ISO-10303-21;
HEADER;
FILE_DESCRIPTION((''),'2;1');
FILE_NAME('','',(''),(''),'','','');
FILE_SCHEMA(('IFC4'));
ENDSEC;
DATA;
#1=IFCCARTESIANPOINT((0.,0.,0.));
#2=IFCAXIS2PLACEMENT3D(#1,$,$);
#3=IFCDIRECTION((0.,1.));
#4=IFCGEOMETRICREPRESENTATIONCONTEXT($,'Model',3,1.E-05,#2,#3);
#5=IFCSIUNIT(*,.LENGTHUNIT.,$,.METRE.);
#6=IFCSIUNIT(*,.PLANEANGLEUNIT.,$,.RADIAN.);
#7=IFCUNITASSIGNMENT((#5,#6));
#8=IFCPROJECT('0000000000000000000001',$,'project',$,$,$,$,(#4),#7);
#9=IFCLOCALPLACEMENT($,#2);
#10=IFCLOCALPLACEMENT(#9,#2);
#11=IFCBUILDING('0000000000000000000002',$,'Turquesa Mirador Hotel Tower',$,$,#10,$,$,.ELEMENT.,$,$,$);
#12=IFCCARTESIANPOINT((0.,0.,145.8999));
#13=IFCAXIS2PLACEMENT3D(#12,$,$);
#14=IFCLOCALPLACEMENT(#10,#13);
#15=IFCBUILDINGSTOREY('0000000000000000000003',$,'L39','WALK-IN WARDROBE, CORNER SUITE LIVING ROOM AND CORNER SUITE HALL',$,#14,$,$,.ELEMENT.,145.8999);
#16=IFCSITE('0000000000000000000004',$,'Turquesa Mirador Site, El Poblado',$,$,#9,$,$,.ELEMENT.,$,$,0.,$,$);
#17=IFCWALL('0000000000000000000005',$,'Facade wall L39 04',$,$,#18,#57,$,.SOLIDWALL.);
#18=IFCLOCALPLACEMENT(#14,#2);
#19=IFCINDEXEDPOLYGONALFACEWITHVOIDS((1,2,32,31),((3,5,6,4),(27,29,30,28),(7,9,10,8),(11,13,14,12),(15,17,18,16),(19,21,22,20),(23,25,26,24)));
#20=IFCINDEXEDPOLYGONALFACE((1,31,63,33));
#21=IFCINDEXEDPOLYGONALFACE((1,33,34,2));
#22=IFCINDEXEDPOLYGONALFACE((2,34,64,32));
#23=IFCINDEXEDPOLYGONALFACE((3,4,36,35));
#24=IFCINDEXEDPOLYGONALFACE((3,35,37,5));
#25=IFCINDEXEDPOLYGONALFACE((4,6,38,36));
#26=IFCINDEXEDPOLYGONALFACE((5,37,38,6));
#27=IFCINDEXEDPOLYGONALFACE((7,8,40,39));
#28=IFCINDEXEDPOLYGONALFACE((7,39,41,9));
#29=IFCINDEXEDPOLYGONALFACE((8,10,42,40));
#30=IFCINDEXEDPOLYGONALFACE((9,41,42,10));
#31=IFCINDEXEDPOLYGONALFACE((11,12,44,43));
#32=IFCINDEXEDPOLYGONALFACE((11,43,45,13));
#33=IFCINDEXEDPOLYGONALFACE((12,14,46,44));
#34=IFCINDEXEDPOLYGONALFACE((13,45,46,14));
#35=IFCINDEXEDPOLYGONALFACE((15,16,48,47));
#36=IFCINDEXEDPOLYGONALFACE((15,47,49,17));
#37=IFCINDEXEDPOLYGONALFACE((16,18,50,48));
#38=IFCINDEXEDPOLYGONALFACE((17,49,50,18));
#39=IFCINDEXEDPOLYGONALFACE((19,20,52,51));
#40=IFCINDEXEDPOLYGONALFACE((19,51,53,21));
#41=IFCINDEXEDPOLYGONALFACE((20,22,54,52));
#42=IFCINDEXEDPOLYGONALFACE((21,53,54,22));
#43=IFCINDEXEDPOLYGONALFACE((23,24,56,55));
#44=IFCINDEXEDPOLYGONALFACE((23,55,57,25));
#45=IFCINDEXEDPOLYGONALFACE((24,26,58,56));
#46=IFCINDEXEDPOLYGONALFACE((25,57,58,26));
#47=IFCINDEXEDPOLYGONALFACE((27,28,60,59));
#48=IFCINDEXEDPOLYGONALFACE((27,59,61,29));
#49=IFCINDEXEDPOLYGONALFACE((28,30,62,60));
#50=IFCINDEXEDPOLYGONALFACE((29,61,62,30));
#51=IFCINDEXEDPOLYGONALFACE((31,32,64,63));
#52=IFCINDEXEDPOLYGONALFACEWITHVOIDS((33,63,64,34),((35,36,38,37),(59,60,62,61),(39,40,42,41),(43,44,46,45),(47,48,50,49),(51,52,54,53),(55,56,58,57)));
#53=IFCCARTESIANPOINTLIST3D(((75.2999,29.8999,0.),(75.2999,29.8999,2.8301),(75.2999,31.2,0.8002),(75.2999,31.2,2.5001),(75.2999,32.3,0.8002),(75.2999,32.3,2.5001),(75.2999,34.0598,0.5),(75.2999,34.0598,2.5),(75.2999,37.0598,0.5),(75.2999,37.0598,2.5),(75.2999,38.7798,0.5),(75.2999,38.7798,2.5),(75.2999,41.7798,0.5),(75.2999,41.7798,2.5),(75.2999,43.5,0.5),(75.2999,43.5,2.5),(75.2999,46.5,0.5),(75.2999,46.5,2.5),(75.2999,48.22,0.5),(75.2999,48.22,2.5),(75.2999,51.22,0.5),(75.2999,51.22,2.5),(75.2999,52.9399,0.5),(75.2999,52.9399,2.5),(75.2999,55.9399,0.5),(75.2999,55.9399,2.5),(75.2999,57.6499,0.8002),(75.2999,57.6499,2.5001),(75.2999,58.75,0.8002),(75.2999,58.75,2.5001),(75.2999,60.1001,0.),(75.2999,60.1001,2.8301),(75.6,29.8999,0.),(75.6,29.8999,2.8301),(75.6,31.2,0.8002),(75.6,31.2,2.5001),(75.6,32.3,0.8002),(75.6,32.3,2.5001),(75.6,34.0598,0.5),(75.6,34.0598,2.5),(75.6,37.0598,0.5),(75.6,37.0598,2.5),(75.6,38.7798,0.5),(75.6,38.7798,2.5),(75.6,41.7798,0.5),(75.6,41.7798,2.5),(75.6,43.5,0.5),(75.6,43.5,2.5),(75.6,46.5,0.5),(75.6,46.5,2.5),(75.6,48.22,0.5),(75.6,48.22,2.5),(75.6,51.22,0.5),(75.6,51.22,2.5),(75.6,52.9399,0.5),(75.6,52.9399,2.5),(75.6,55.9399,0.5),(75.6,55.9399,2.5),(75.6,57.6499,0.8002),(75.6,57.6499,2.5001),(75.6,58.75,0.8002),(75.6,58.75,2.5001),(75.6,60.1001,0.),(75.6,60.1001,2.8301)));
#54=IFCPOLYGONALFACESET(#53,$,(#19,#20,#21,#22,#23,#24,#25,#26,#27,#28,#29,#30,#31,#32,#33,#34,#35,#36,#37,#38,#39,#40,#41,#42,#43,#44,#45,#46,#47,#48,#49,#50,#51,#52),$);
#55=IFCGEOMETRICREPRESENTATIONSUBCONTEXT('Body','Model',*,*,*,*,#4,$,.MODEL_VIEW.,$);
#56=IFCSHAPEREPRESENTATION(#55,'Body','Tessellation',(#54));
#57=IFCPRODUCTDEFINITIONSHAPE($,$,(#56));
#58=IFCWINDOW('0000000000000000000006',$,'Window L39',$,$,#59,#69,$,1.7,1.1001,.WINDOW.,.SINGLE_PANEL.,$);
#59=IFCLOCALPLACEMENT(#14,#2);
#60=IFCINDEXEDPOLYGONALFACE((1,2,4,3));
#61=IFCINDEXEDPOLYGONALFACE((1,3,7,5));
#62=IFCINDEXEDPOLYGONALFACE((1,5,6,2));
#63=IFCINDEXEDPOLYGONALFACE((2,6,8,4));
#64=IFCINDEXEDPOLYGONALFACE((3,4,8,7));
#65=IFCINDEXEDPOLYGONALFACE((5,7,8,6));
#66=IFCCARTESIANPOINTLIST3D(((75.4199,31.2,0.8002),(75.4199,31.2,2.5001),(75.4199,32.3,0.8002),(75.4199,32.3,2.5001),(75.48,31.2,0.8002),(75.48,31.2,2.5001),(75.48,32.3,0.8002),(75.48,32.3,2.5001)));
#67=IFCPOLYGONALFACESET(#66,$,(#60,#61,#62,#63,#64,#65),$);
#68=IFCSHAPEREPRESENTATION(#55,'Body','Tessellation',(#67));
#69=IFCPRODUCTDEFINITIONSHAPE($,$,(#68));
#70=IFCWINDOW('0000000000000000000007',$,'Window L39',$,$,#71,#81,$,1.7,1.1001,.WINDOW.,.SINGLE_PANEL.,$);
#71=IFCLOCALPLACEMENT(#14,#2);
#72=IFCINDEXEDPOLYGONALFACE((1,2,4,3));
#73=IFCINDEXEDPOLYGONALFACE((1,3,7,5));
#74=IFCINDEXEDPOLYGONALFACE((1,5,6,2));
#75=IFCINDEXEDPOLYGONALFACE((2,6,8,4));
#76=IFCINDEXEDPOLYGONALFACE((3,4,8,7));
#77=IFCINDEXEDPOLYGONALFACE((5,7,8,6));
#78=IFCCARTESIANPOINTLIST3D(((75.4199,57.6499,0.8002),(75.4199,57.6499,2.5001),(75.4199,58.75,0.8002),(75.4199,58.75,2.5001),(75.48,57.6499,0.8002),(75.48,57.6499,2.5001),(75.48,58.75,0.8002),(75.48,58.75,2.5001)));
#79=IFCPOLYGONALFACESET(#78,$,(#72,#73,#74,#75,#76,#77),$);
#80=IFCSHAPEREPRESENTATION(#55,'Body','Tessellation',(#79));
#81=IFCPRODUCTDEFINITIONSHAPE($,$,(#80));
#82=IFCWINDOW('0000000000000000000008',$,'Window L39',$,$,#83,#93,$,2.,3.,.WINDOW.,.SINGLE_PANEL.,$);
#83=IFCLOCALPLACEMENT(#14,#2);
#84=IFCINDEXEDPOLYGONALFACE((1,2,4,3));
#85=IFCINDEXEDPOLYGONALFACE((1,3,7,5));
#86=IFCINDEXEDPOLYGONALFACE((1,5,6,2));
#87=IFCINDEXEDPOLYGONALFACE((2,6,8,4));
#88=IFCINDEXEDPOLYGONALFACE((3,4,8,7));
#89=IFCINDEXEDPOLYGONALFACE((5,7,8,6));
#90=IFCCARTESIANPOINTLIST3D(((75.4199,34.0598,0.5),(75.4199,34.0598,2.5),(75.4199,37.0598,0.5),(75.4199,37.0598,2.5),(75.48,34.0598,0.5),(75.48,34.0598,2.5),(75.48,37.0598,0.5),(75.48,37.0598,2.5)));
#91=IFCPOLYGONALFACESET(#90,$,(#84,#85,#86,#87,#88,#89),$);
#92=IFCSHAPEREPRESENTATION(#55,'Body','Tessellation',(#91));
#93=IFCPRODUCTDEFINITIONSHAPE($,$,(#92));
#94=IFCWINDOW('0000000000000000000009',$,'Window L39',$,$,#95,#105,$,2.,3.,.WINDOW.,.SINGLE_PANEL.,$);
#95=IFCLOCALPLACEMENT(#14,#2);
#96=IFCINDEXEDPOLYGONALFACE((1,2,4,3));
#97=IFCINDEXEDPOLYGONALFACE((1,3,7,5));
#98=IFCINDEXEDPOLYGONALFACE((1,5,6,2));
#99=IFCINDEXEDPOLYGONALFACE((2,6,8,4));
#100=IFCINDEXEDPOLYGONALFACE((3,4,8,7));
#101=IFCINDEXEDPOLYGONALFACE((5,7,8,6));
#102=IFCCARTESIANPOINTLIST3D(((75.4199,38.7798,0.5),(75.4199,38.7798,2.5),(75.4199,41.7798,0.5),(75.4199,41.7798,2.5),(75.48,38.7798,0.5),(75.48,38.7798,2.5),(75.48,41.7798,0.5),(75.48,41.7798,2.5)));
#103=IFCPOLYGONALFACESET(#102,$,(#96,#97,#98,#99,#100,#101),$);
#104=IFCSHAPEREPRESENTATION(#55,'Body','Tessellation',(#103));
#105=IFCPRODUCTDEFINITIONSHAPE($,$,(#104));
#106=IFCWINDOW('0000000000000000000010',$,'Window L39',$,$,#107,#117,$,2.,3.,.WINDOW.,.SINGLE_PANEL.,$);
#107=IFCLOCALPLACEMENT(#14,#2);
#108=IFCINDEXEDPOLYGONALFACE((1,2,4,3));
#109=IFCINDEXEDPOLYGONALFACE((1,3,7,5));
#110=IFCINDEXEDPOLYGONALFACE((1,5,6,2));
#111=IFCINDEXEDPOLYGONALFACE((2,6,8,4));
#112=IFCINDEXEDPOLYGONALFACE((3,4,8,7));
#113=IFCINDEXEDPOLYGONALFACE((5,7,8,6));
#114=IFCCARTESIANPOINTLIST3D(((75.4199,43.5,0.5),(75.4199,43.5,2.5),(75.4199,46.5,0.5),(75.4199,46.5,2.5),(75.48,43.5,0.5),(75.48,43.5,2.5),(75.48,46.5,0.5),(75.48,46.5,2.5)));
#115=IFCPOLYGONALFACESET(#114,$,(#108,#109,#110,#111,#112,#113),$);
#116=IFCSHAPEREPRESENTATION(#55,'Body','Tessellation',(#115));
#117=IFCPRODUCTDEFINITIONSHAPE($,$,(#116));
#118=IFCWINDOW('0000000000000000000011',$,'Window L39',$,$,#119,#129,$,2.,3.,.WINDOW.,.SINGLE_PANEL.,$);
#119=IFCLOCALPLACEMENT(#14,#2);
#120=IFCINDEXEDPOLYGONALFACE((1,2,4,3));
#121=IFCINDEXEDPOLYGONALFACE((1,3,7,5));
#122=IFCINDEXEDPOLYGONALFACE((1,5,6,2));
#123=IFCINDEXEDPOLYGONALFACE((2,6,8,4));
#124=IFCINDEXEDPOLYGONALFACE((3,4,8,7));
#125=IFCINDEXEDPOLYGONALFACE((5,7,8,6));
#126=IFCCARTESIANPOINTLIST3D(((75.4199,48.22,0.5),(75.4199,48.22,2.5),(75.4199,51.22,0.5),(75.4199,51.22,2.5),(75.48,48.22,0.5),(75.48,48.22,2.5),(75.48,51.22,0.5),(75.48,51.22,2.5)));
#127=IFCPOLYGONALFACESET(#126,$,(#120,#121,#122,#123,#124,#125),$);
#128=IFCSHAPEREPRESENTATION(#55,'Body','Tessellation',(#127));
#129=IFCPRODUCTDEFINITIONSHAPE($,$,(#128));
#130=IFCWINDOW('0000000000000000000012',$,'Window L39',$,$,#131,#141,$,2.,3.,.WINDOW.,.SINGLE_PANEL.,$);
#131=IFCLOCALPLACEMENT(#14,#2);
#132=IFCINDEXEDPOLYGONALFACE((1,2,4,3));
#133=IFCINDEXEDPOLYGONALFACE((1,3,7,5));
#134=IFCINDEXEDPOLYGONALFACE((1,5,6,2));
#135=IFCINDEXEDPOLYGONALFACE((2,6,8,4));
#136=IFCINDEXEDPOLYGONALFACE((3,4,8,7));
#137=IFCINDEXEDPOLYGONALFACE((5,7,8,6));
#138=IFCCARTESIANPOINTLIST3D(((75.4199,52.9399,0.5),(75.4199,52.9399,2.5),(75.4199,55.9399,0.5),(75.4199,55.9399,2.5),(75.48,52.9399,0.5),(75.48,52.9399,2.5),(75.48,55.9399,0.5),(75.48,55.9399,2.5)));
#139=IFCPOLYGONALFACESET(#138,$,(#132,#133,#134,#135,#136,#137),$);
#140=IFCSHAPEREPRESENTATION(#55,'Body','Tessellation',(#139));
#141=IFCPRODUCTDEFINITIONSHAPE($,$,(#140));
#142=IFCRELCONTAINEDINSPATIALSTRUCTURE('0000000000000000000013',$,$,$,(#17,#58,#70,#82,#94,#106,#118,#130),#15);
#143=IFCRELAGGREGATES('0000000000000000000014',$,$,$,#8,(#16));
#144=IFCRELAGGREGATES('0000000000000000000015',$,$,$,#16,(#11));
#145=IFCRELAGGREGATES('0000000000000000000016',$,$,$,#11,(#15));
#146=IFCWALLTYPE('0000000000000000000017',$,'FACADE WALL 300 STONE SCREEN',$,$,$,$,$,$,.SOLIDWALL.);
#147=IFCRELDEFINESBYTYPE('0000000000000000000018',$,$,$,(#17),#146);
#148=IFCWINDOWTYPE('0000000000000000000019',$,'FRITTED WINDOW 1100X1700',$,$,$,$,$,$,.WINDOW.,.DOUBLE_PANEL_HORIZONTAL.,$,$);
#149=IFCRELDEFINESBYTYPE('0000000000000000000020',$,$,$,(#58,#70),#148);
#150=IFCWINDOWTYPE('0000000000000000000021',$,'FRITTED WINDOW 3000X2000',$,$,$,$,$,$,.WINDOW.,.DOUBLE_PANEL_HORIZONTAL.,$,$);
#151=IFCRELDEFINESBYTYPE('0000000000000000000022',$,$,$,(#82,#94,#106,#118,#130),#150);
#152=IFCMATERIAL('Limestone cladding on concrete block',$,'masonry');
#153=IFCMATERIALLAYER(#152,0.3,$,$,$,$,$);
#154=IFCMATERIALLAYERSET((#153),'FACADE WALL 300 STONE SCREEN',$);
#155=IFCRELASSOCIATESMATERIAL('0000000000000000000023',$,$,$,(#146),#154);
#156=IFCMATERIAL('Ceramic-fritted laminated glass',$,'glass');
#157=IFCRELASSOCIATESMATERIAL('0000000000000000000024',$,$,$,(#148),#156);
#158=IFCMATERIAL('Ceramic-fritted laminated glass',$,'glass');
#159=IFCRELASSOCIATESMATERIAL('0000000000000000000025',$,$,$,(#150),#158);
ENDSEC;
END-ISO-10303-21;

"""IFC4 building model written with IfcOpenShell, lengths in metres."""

from ifc_helpers import new_model, si_unit, direction, frame, frame_2d, origin, place, context, subcontext, project, spatial, rectangle, extrude, material, layer, layer_set, type_object, element, fill, save


model = new_model("IFC4")

# Units and contexts
model_context = context("Model", 3, precision=1e-05, world=origin(), true_north=direction((0.0, 1.0)))
body_context = subcontext(model_context, "Body", "Model", "MODEL_VIEW")
ifc_project = project(units=[si_unit("LENGTHUNIT", "METRE"), si_unit("PLANEANGLEUNIT", "RADIAN")], contexts=[model_context])

# Site, building, storey
site_placement = place(None, origin())
site = spatial("IfcSite", under=ifc_project, at=site_placement, Name="Turquesa Mirador Site, El Poblado", CompositionType="ELEMENT", RefElevation=0.0)
building_placement = place(site_placement, origin())
building = spatial("IfcBuilding", under=site, at=building_placement, Name="Turquesa Mirador Hotel Tower", CompositionType="ELEMENT")
storey_placement = place(building_placement, frame((0.0, 0.0, 145.8999)))
storey = spatial("IfcBuildingStorey", under=building, at=storey_placement, Name="L39", Description="WALK-IN WARDROBE, CORNER SUITE LIVING ROOM AND CORNER SUITE HALL", CompositionType="ELEMENT", Elevation=145.8999)

# Shared definitions
ifc_material_1 = material(Name="Limestone cladding on concrete block", Category="masonry")
ifc_layer = layer(ifc_material_1, 0.3)
ifc_layer_set = layer_set([ifc_layer], Name="FACADE WALL 300 STONE SCREEN")
wall_type = type_object("IfcWallType", Name="FACADE WALL 300 STONE SCREEN", PredefinedType="SOLIDWALL", material=ifc_layer_set)

# Wall, openings, windows
wall_1_placement = place(storey_placement, frame((75.45, 29.8999, 0.0), z_axis=(0.0, 0.0, 1.0), x_axis=(0.0, 1.0, 0.0)))
wall_1 = element("IfcWall", 1, at=wall_1_placement, inside=storey, type_object=wall_type, Name="Facade wall L39 04", PredefinedType="SOLIDWALL", context=body_context, shape_type="SweptSolid", body=[
    extrude(rectangle(XDim=30.2002, YDim=0.3, at=frame_2d((15.1001, 0.0))), origin(), (0.0, 0.0, 1.0), 2.8301),
])
opening_1_placement = place(wall_1_placement, frame((1.3, 0.0, 0.8)))
opening_1 = element("IfcOpeningElement", 2, at=opening_1_placement, cuts=wall_1, PredefinedType="OPENING", context=body_context, shape_type="SweptSolid", body=[
    extrude(rectangle(XDim=1.1001, YDim=1.7, at=frame_2d((0.55, 0.8501))), frame((0.0, 0.1599, 0.0), z_axis=(0.0, -1.0, 0.0), x_axis=(1.0, 0.0, 0.0)), (0.0, 0.0, 1.0), 0.3201),
])
opening_2_placement = place(wall_1_placement, frame((4.1599, 0.0, 0.5)))
opening_2 = element("IfcOpeningElement", 3, at=opening_2_placement, cuts=wall_1, PredefinedType="OPENING", context=body_context, shape_type="SweptSolid", body=[
    extrude(rectangle(XDim=3.0, YDim=2.0, at=frame_2d((1.5, 1.0))), frame((0.0, 0.1599, 0.0), z_axis=(0.0, -1.0, 0.0), x_axis=(1.0, 0.0, 0.0)), (0.0, 0.0, 1.0), 0.3201),
])
opening_3_placement = place(wall_1_placement, frame((8.8799, 0.0, 0.5)))
opening_3 = element("IfcOpeningElement", 4, at=opening_3_placement, cuts=wall_1, PredefinedType="OPENING", context=body_context, shape_type="SweptSolid", body=[
    extrude(rectangle(XDim=3.0, YDim=2.0, at=frame_2d((1.5, 1.0))), frame((0.0, 0.1599, 0.0), z_axis=(0.0, -1.0, 0.0), x_axis=(1.0, 0.0, 0.0)), (0.0, 0.0, 1.0), 0.3201),
])
opening_4_placement = place(wall_1_placement, frame((13.6001, 0.0, 0.5)))
opening_4 = element("IfcOpeningElement", 5, at=opening_4_placement, cuts=wall_1, PredefinedType="OPENING", context=body_context, shape_type="SweptSolid", body=[
    extrude(rectangle(XDim=3.0, YDim=2.0, at=frame_2d((1.5, 1.0))), frame((0.0, 0.1599, 0.0), z_axis=(0.0, -1.0, 0.0), x_axis=(1.0, 0.0, 0.0)), (0.0, 0.0, 1.0), 0.3201),
])
opening_5_placement = place(wall_1_placement, frame((18.3201, 0.0, 0.5)))
opening_5 = element("IfcOpeningElement", 6, at=opening_5_placement, cuts=wall_1, PredefinedType="OPENING", context=body_context, shape_type="SweptSolid", body=[
    extrude(rectangle(XDim=3.0, YDim=2.0, at=frame_2d((1.5, 1.0))), frame((0.0, 0.1599, 0.0), z_axis=(0.0, -1.0, 0.0), x_axis=(1.0, 0.0, 0.0)), (0.0, 0.0, 1.0), 0.3201),
])
opening_6_placement = place(wall_1_placement, frame((23.04, 0.0, 0.5)))
opening_6 = element("IfcOpeningElement", 7, at=opening_6_placement, cuts=wall_1, PredefinedType="OPENING", context=body_context, shape_type="SweptSolid", body=[
    extrude(rectangle(XDim=3.0, YDim=2.0, at=frame_2d((1.5, 1.0))), frame((0.0, 0.1599, 0.0), z_axis=(0.0, -1.0, 0.0), x_axis=(1.0, 0.0, 0.0)), (0.0, 0.0, 1.0), 0.3201),
])
opening_7_placement = place(wall_1_placement, frame((27.75, 0.0, 0.8)))
opening_7 = element("IfcOpeningElement", 8, at=opening_7_placement, cuts=wall_1, PredefinedType="OPENING", context=body_context, shape_type="SweptSolid", body=[
    extrude(rectangle(XDim=1.1001, YDim=1.7, at=frame_2d((0.55, 0.8501))), frame((0.0, 0.1599, 0.0), z_axis=(0.0, -1.0, 0.0), x_axis=(1.0, 0.0, 0.0)), (0.0, 0.0, 1.0), 0.3201),
])
ifc_material_2 = material(Name="Ceramic-fritted laminated glass", Category="glass")
window_type_1 = type_object("IfcWindowType", Name="FRITTED WINDOW 1100X1700", PartitioningType="DOUBLE_PANEL_HORIZONTAL", PredefinedType="WINDOW", material=ifc_material_2)
window_1_placement = place(opening_1_placement, origin())
window_1 = element("IfcWindow", 9, at=window_1_placement, inside=storey, type_object=window_type_1, Name="Window L39", OverallHeight=1.7, OverallWidth=1.1001, PartitioningType="SINGLE_PANEL", PredefinedType="WINDOW", context=body_context, shape_type="SweptSolid", body=[
    extrude(rectangle(XDim=1.1001, YDim=1.7, at=frame_2d((0.55, 0.8501))), frame((0.0, 0.03, 0.0), z_axis=(0.0, -1.0, 0.0), x_axis=(1.0, 0.0, 0.0)), (0.0, 0.0, 1.0), 0.0601),
])
fill(opening_1, window_1)
window_2_placement = place(opening_7_placement, origin())
window_2 = element("IfcWindow", 10, at=window_2_placement, inside=storey, type_object=window_type_1, Name="Window L39", OverallHeight=1.7, OverallWidth=1.1001, PartitioningType="SINGLE_PANEL", PredefinedType="WINDOW", context=body_context, shape_type="SweptSolid", body=[
    extrude(rectangle(XDim=1.1001, YDim=1.7, at=frame_2d((0.55, 0.8501))), frame((0.0, 0.03, 0.0), z_axis=(0.0, -1.0, 0.0), x_axis=(1.0, 0.0, 0.0)), (0.0, 0.0, 1.0), 0.0601),
])
fill(opening_7, window_2)
ifc_material_3 = material(Name="Ceramic-fritted laminated glass", Category="glass")
window_type_2 = type_object("IfcWindowType", Name="FRITTED WINDOW 3000X2000", PartitioningType="DOUBLE_PANEL_HORIZONTAL", PredefinedType="WINDOW", material=ifc_material_3)
window_3_placement = place(opening_2_placement, origin())
window_3 = element("IfcWindow", 11, at=window_3_placement, inside=storey, type_object=window_type_2, Name="Window L39", OverallHeight=2.0, OverallWidth=3.0, PartitioningType="SINGLE_PANEL", PredefinedType="WINDOW", context=body_context, shape_type="SweptSolid", body=[
    extrude(rectangle(XDim=3.0, YDim=2.0, at=frame_2d((1.5, 1.0))), frame((0.0, 0.03, 0.0), z_axis=(0.0, -1.0, 0.0), x_axis=(1.0, 0.0, 0.0)), (0.0, 0.0, 1.0), 0.0601),
])
fill(opening_2, window_3)
window_4_placement = place(opening_3_placement, origin())
window_4 = element("IfcWindow", 12, at=window_4_placement, inside=storey, type_object=window_type_2, Name="Window L39", OverallHeight=2.0, OverallWidth=3.0, PartitioningType="SINGLE_PANEL", PredefinedType="WINDOW", context=body_context, shape_type="SweptSolid", body=[
    extrude(rectangle(XDim=3.0, YDim=2.0, at=frame_2d((1.5, 1.0))), frame((0.0, 0.03, 0.0), z_axis=(0.0, -1.0, 0.0), x_axis=(1.0, 0.0, 0.0)), (0.0, 0.0, 1.0), 0.0601),
])
fill(opening_3, window_4)
window_5_placement = place(opening_4_placement, origin())
window_5 = element("IfcWindow", 13, at=window_5_placement, inside=storey, type_object=window_type_2, Name="Window L39", OverallHeight=2.0, OverallWidth=3.0, PartitioningType="SINGLE_PANEL", PredefinedType="WINDOW", context=body_context, shape_type="SweptSolid", body=[
    extrude(rectangle(XDim=3.0, YDim=2.0, at=frame_2d((1.5, 1.0))), frame((0.0, 0.03, 0.0), z_axis=(0.0, -1.0, 0.0), x_axis=(1.0, 0.0, 0.0)), (0.0, 0.0, 1.0), 0.0601),
])
fill(opening_4, window_5)
window_6_placement = place(opening_5_placement, origin())
window_6 = element("IfcWindow", 14, at=window_6_placement, inside=storey, type_object=window_type_2, Name="Window L39", OverallHeight=2.0, OverallWidth=3.0, PartitioningType="SINGLE_PANEL", PredefinedType="WINDOW", context=body_context, shape_type="SweptSolid", body=[
    extrude(rectangle(XDim=3.0, YDim=2.0, at=frame_2d((1.5, 1.0))), frame((0.0, 0.03, 0.0), z_axis=(0.0, -1.0, 0.0), x_axis=(1.0, 0.0, 0.0)), (0.0, 0.0, 1.0), 0.0601),
])
fill(opening_5, window_6)
window_7_placement = place(opening_6_placement, origin())
window_7 = element("IfcWindow", 15, at=window_7_placement, inside=storey, type_object=window_type_2, Name="Window L39", OverallHeight=2.0, OverallWidth=3.0, PartitioningType="SINGLE_PANEL", PredefinedType="WINDOW", context=body_context, shape_type="SweptSolid", body=[
    extrude(rectangle(XDim=3.0, YDim=2.0, at=frame_2d((1.5, 1.0))), frame((0.0, 0.03, 0.0), z_axis=(0.0, -1.0, 0.0), x_axis=(1.0, 0.0, 0.0)), (0.0, 0.0, 1.0), 0.0601),
])
fill(opening_6, window_7)

save(model, "model.ifc")
